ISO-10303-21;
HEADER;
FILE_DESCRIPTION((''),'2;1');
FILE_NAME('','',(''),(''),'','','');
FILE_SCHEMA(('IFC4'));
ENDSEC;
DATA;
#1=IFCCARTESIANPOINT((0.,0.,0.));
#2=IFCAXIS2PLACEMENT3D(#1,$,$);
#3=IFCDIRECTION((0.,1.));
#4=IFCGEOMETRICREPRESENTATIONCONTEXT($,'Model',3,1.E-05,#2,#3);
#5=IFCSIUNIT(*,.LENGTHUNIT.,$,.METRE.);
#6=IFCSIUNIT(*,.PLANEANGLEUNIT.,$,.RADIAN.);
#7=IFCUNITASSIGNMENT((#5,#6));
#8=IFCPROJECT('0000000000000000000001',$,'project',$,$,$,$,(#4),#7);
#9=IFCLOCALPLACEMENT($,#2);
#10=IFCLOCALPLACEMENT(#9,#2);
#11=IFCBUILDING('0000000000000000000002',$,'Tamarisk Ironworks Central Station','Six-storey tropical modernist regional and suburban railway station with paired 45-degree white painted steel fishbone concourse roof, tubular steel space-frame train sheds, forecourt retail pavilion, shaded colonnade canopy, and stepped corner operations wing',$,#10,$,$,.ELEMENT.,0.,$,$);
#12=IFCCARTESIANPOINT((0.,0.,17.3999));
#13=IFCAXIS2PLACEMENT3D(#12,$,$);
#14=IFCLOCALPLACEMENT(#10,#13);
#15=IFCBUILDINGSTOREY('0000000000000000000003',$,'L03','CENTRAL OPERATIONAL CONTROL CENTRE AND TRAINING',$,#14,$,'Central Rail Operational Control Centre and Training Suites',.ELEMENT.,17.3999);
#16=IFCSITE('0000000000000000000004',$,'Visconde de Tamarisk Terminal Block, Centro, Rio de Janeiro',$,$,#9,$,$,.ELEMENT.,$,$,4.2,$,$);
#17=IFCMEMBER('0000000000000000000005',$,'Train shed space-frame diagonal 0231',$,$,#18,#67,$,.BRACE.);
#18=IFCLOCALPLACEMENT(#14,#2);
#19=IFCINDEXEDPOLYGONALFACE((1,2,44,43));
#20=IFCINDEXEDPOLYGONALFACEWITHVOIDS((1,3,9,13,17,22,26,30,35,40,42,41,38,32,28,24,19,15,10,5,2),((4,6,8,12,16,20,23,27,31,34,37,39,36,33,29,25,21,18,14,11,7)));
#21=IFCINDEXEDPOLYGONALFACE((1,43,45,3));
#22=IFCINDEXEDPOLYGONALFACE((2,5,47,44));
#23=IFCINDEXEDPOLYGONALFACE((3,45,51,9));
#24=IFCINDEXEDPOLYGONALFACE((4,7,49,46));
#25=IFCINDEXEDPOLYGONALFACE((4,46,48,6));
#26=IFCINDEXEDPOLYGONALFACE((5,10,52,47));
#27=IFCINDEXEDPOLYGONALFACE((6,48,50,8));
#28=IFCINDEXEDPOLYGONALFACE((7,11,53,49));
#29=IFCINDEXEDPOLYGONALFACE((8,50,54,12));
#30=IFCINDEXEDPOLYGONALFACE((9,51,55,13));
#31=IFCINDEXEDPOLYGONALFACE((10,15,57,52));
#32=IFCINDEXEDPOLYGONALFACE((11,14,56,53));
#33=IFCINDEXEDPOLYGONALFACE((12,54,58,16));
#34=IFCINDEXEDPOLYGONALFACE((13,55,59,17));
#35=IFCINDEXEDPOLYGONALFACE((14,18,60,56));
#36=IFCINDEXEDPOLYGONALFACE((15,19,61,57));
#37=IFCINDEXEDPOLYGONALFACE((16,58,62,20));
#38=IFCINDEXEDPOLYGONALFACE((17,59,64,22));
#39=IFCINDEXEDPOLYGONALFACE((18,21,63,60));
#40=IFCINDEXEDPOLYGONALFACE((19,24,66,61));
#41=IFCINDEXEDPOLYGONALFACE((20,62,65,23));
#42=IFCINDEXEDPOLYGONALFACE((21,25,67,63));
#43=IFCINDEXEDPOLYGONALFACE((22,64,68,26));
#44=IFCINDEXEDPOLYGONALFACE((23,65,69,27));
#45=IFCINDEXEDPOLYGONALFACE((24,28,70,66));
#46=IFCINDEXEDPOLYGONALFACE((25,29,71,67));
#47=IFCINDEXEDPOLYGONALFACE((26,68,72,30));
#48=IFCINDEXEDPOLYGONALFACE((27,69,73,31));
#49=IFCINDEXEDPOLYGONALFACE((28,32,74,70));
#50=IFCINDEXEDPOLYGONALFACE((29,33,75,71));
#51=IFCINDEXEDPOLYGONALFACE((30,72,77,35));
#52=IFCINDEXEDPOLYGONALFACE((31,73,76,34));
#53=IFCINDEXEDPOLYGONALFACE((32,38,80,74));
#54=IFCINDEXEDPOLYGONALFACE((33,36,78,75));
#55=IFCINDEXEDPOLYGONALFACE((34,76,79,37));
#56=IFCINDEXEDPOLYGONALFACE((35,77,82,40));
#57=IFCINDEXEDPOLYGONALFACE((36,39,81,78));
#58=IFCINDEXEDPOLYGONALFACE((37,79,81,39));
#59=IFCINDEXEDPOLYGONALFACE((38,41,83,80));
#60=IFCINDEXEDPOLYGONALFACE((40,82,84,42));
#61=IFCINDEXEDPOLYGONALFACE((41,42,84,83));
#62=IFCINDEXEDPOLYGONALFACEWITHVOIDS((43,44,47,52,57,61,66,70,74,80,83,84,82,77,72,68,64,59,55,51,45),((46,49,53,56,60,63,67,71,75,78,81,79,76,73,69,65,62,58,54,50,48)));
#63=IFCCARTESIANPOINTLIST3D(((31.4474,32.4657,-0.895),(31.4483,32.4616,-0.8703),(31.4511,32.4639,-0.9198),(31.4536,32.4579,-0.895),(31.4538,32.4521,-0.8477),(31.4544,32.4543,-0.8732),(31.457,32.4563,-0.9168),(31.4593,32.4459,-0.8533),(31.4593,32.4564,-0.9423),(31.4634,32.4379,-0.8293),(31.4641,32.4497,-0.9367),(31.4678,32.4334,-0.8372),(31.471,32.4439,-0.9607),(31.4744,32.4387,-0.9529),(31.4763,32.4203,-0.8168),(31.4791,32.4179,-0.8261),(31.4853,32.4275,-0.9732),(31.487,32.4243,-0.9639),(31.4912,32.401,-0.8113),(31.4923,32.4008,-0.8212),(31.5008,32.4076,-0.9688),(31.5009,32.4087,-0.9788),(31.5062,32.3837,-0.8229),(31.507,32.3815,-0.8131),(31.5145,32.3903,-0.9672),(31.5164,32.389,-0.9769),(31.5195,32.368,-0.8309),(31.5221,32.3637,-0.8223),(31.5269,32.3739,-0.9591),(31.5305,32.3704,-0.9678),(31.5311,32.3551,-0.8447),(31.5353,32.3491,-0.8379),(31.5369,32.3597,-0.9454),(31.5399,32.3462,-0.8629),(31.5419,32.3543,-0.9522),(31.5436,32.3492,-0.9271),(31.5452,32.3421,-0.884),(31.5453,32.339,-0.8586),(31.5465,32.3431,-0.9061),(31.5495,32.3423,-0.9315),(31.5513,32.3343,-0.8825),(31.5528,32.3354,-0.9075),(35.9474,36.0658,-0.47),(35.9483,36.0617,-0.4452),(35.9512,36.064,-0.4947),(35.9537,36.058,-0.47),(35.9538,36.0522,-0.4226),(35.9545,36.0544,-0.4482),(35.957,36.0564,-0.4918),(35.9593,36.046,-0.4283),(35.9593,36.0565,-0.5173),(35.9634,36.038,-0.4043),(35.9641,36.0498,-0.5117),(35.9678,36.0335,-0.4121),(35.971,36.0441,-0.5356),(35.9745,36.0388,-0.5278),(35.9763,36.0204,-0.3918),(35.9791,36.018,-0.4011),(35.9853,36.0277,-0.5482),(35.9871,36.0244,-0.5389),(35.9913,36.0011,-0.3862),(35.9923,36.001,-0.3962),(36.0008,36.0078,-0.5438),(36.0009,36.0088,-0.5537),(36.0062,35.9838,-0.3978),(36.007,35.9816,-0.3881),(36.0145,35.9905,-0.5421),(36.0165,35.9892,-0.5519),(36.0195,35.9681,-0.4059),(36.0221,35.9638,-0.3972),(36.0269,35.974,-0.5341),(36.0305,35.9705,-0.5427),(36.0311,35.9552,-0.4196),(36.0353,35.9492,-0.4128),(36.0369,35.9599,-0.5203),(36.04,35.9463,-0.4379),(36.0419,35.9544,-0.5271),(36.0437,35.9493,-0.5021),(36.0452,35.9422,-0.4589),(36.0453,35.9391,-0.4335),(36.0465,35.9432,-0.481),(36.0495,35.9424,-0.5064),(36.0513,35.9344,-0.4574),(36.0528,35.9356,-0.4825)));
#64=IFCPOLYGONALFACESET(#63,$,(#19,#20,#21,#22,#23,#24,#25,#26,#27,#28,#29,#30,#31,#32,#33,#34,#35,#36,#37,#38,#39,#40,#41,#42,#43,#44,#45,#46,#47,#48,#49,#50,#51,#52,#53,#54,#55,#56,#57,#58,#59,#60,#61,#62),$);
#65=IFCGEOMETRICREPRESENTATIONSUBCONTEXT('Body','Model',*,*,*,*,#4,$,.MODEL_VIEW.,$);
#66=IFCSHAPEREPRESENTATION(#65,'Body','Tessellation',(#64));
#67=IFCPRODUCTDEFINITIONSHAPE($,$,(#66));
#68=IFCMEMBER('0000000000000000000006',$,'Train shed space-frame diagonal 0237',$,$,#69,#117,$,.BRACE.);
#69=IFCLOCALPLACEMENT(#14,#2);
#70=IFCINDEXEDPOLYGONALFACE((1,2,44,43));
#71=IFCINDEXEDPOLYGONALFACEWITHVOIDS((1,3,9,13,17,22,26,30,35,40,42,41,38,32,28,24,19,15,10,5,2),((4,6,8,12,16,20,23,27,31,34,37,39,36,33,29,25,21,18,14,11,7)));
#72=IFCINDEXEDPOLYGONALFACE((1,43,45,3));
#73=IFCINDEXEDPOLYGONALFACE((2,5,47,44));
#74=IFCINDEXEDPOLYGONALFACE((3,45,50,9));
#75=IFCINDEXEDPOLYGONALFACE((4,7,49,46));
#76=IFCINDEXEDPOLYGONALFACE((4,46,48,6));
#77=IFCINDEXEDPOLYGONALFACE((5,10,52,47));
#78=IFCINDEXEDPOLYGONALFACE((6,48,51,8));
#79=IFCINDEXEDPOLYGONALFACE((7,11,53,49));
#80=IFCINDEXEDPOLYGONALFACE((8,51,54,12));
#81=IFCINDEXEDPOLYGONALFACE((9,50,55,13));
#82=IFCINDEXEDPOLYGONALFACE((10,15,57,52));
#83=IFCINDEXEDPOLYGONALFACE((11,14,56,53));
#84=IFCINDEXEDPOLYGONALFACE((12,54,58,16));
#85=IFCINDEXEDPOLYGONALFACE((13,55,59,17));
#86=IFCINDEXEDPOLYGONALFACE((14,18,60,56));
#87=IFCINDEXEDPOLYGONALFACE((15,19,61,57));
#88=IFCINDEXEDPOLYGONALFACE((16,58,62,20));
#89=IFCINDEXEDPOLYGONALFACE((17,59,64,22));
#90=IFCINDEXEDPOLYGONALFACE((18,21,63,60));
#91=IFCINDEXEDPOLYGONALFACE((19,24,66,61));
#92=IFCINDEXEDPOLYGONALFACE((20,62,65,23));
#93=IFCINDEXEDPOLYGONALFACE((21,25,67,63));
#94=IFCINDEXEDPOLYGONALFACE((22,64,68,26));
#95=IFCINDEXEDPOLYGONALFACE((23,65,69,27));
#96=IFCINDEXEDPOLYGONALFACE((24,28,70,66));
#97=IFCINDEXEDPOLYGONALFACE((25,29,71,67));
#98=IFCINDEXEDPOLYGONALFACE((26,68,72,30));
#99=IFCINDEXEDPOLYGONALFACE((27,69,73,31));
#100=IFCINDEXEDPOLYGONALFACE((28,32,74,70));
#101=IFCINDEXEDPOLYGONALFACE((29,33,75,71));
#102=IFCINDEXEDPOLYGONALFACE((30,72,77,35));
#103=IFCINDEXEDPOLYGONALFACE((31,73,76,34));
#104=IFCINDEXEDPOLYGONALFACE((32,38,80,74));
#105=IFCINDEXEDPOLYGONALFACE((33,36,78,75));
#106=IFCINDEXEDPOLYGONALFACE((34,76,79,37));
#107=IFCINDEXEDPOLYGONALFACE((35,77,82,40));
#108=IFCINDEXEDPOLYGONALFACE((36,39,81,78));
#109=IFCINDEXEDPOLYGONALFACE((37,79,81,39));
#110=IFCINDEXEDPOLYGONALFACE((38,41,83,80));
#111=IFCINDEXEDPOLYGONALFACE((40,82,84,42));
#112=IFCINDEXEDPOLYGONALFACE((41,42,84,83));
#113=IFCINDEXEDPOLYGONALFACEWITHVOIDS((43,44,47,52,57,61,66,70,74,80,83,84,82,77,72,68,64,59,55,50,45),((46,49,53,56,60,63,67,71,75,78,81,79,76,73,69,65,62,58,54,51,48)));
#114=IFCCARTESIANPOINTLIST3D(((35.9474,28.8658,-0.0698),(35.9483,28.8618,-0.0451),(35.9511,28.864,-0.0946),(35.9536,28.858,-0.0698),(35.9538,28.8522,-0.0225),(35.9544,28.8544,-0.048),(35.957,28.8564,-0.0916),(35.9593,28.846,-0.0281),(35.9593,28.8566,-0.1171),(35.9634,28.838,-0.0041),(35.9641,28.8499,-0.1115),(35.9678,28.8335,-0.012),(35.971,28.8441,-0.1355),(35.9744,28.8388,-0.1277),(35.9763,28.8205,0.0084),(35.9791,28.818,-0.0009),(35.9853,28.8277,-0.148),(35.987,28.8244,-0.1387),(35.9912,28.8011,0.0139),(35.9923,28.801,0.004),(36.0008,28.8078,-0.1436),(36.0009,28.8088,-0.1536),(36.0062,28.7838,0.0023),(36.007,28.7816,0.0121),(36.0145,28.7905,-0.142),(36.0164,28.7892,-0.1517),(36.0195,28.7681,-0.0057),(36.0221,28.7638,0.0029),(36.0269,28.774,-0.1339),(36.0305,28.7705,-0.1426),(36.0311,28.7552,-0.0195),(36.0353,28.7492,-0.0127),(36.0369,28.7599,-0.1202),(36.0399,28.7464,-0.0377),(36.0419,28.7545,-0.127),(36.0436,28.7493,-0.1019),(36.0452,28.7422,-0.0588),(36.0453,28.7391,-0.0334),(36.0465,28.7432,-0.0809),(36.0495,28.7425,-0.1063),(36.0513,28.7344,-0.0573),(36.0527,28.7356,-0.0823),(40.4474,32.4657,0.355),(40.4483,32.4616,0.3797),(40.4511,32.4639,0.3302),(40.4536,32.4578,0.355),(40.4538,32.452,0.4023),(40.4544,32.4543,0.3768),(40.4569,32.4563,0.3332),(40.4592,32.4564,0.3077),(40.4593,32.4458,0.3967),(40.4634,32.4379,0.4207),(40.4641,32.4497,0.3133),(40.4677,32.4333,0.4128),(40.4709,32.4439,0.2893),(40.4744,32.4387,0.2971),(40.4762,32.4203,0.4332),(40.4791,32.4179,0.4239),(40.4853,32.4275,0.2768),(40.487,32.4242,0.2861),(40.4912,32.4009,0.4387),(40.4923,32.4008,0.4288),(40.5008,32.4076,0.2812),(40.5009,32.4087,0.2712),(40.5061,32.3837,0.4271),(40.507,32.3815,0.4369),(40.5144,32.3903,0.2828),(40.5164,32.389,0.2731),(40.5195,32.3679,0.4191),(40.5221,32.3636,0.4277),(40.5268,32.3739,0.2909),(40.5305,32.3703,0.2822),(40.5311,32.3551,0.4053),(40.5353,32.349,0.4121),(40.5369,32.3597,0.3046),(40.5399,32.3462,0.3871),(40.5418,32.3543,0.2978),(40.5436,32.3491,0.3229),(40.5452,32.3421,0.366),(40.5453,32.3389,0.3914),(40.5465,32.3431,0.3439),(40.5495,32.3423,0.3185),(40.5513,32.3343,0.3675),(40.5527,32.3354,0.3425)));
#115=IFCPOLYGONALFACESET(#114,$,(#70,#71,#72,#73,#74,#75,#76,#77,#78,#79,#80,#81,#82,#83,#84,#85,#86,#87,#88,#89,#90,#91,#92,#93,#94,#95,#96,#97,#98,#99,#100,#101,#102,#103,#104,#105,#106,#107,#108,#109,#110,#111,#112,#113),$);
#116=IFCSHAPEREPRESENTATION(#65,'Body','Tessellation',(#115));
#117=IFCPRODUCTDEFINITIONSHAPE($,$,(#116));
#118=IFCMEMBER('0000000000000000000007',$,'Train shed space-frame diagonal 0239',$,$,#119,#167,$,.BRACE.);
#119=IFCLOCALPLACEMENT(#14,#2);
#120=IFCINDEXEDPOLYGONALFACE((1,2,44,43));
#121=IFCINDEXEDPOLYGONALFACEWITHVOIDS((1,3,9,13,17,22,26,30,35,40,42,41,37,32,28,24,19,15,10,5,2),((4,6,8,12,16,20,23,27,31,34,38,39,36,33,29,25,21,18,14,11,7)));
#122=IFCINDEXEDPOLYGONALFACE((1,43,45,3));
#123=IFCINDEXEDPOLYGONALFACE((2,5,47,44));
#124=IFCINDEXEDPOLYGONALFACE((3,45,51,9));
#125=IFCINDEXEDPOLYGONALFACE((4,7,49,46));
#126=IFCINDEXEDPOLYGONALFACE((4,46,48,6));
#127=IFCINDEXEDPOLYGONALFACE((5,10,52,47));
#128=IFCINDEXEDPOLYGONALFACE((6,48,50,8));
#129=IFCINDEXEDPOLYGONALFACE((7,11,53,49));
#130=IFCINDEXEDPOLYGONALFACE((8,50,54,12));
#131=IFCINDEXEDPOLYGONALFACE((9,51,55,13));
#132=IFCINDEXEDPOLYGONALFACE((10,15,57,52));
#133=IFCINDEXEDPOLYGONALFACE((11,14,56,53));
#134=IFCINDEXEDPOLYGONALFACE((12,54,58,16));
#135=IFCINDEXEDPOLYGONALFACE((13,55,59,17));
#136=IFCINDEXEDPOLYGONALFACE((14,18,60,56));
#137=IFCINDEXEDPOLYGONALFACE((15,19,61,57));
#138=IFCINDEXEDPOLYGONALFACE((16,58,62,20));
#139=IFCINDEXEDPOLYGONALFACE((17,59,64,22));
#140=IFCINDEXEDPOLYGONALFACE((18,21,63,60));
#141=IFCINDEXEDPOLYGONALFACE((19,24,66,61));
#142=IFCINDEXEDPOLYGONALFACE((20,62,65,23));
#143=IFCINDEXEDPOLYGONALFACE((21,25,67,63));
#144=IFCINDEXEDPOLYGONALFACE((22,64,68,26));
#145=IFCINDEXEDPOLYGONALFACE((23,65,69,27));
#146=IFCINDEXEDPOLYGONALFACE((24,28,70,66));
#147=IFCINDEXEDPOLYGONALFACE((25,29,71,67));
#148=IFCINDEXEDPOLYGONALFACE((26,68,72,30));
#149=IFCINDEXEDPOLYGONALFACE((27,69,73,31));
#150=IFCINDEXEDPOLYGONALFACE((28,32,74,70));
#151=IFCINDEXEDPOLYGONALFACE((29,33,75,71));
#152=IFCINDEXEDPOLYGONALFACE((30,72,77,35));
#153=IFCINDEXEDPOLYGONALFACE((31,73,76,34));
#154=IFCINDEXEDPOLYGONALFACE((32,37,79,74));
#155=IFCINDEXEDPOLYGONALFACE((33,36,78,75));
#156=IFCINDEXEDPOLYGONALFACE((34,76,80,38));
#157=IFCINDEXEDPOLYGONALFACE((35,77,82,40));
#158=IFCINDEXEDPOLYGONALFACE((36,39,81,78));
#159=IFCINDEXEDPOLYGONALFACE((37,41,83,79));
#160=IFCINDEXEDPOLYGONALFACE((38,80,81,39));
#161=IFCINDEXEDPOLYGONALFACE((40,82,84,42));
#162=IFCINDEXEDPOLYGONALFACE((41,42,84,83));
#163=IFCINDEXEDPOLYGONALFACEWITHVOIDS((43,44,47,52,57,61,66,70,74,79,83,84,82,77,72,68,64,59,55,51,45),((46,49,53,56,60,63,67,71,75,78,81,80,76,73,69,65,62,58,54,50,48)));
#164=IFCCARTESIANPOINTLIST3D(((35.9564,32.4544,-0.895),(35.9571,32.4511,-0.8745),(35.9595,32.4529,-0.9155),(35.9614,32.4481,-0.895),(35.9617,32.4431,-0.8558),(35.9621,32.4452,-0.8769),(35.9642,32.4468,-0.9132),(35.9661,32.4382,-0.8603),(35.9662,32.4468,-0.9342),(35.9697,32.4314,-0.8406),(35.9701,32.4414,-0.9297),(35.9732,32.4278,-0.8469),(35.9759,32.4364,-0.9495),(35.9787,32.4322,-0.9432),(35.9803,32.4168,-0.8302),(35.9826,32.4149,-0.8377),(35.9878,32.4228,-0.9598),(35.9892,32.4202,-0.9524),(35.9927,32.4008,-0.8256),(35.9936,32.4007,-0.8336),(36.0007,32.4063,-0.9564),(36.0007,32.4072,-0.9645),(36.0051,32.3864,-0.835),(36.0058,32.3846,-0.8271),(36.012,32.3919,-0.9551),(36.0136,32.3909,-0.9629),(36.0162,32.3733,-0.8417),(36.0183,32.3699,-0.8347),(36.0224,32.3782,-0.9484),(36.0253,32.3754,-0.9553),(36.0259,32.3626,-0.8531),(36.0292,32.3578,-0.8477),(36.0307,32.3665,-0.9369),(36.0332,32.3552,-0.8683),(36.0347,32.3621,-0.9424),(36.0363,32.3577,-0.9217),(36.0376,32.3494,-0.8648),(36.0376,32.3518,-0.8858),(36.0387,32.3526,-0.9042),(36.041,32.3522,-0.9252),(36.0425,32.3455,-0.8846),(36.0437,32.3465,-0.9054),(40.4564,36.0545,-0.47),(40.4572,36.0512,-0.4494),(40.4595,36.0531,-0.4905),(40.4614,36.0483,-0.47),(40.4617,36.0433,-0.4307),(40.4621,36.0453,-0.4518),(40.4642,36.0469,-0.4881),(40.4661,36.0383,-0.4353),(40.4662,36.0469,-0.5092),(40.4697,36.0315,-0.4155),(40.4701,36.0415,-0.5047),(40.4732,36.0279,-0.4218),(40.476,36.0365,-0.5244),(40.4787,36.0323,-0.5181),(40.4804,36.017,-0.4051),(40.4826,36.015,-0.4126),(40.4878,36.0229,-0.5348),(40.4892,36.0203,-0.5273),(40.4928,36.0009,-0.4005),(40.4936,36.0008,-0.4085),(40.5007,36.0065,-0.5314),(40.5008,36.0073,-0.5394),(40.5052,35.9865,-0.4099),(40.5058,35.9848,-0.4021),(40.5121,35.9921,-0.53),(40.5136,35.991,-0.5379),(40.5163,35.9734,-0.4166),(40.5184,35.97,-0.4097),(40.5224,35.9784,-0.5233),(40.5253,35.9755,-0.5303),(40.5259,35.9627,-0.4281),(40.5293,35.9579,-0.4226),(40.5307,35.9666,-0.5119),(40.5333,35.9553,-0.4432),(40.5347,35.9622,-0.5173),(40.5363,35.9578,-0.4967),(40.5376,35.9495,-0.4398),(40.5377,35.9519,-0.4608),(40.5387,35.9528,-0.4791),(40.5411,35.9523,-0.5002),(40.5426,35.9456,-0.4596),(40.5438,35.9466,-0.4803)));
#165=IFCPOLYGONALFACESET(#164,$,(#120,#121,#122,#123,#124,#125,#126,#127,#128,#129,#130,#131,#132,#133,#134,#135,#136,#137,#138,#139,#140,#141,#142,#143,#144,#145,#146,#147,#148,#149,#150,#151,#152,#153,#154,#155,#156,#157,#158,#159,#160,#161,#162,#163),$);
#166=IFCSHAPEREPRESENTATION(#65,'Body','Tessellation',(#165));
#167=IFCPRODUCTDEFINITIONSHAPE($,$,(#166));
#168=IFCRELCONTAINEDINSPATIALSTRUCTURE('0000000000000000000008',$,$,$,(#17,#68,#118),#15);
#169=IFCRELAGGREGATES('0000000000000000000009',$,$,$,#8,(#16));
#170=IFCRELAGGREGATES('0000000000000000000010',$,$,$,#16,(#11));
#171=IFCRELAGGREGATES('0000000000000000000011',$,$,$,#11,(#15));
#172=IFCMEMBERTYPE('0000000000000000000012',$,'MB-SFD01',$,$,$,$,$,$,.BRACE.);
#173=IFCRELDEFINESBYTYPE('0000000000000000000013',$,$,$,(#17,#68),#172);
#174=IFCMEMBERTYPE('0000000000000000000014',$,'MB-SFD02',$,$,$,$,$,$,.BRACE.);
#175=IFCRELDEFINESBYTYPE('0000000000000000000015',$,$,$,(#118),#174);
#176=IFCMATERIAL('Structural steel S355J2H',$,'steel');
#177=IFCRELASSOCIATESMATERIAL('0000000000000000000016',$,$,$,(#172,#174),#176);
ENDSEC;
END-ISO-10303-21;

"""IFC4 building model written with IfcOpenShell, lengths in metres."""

from ifc_helpers import new_model, si_unit, direction, frame, origin, origin_2d, place, context, subcontext, project, spatial, hollow_circle, extrude, material, material_profile, profile_set, type_object, element, save


model = new_model("IFC4")

# Units and contexts
model_context = context("Model", 3, precision=1e-05, world=origin(), true_north=direction((0.0, 1.0)))
body_context = subcontext(model_context, "Body", "Model", "MODEL_VIEW")
ifc_project = project(units=[si_unit("LENGTHUNIT", "METRE"), si_unit("PLANEANGLEUNIT", "RADIAN")], contexts=[model_context])

# Site, building, storey
site_placement = place(None, origin())
site = spatial("IfcSite", under=ifc_project, at=site_placement, Name="Visconde de Tamarisk Terminal Block, Centro, Rio de Janeiro", CompositionType="ELEMENT", RefElevation=4.2)
building_placement = place(site_placement, origin())
building = spatial("IfcBuilding", under=site, at=building_placement, Name="Tamarisk Ironworks Central Station", Description="Six-storey tropical modernist regional and suburban railway station with paired 45-degree white painted steel fishbone concourse roof, tubular steel space-frame train sheds, forecourt retail pavilion, shaded colonnade canopy, and stepped corner operations wing", CompositionType="ELEMENT", ElevationOfRefHeight=0.0)
storey_placement = place(building_placement, frame((0.0, 0.0, 17.3999)))
storey = spatial("IfcBuildingStorey", under=building, at=storey_placement, Name="L03", Description="CENTRAL OPERATIONAL CONTROL CENTRE AND TRAINING", LongName="Central Rail Operational Control Centre and Training Suites", CompositionType="ELEMENT", Elevation=17.3999)

# Members
ifc_material_1 = material(Name="Structural steel S355J2H", Category="steel")
ifc_material_profile_1 = material_profile(ifc_material_1, hollow_circle(Radius=0.0842, WallThickness=0.01, at=origin_2d()), Name="CHS 168.3x10")
ifc_profile_set_1 = profile_set([ifc_material_profile_1], Name="Structural steel S355J2H")
member_type_1 = type_object("IfcMemberType", Name="MB-SFD01", PredefinedType="BRACE", material=ifc_profile_set_1)
member_1_placement = place(storey_placement, frame((31.5, 32.3999, -0.895), z_axis=(0.778745, 0.623013, 0.073557), x_axis=(-0.624705, 0.780861, 0.0)))
element("IfcMember", 1, at=member_1_placement, inside=storey, type_object=member_type_1, Name="Train shed space-frame diagonal 0231", PredefinedType="BRACE", context=body_context, shape_type="SweptSolid", body=[
    extrude(hollow_circle(Radius=0.0842, WallThickness=0.01, at=origin_2d()), origin(), (0.0, 0.0, 1.0), 5.7786),
])
member_2_placement = place(storey_placement, frame((36.0, 28.8, -0.0698), z_axis=(0.778768, 0.622989, 0.073517), x_axis=(-0.62468, 0.780881, 0.0)))
element("IfcMember", 2, at=member_2_placement, inside=storey, type_object=member_type_1, Name="Train shed space-frame diagonal 0237", PredefinedType="BRACE", context=body_context, shape_type="SweptSolid", body=[
    extrude(hollow_circle(Radius=0.0842, WallThickness=0.01, at=origin_2d()), origin(), (0.0, 0.0, 1.0), 5.7783),
])
ifc_material_profile_2 = material_profile(ifc_material_1, hollow_circle(Radius=0.0698, WallThickness=0.0081, at=origin_2d()), Name="CHS 139.7x8")
ifc_profile_set_2 = profile_set([ifc_material_profile_2], Name="Structural steel S355J2H")
member_type_2 = type_object("IfcMemberType", Name="MB-SFD02", PredefinedType="BRACE", material=ifc_profile_set_2)
member_3_placement = place(storey_placement, frame((36.0, 32.3999, -0.895), z_axis=(0.778745, 0.623013, 0.073557), x_axis=(-0.624705, 0.780861, 0.0)))
element("IfcMember", 3, at=member_3_placement, inside=storey, type_object=member_type_2, Name="Train shed space-frame diagonal 0239", PredefinedType="BRACE", context=body_context, shape_type="SweptSolid", body=[
    extrude(hollow_circle(Radius=0.0698, WallThickness=0.0081, at=origin_2d()), origin(), (0.0, 0.0, 1.0), 5.7786),
])

save(model, "model.ifc")
